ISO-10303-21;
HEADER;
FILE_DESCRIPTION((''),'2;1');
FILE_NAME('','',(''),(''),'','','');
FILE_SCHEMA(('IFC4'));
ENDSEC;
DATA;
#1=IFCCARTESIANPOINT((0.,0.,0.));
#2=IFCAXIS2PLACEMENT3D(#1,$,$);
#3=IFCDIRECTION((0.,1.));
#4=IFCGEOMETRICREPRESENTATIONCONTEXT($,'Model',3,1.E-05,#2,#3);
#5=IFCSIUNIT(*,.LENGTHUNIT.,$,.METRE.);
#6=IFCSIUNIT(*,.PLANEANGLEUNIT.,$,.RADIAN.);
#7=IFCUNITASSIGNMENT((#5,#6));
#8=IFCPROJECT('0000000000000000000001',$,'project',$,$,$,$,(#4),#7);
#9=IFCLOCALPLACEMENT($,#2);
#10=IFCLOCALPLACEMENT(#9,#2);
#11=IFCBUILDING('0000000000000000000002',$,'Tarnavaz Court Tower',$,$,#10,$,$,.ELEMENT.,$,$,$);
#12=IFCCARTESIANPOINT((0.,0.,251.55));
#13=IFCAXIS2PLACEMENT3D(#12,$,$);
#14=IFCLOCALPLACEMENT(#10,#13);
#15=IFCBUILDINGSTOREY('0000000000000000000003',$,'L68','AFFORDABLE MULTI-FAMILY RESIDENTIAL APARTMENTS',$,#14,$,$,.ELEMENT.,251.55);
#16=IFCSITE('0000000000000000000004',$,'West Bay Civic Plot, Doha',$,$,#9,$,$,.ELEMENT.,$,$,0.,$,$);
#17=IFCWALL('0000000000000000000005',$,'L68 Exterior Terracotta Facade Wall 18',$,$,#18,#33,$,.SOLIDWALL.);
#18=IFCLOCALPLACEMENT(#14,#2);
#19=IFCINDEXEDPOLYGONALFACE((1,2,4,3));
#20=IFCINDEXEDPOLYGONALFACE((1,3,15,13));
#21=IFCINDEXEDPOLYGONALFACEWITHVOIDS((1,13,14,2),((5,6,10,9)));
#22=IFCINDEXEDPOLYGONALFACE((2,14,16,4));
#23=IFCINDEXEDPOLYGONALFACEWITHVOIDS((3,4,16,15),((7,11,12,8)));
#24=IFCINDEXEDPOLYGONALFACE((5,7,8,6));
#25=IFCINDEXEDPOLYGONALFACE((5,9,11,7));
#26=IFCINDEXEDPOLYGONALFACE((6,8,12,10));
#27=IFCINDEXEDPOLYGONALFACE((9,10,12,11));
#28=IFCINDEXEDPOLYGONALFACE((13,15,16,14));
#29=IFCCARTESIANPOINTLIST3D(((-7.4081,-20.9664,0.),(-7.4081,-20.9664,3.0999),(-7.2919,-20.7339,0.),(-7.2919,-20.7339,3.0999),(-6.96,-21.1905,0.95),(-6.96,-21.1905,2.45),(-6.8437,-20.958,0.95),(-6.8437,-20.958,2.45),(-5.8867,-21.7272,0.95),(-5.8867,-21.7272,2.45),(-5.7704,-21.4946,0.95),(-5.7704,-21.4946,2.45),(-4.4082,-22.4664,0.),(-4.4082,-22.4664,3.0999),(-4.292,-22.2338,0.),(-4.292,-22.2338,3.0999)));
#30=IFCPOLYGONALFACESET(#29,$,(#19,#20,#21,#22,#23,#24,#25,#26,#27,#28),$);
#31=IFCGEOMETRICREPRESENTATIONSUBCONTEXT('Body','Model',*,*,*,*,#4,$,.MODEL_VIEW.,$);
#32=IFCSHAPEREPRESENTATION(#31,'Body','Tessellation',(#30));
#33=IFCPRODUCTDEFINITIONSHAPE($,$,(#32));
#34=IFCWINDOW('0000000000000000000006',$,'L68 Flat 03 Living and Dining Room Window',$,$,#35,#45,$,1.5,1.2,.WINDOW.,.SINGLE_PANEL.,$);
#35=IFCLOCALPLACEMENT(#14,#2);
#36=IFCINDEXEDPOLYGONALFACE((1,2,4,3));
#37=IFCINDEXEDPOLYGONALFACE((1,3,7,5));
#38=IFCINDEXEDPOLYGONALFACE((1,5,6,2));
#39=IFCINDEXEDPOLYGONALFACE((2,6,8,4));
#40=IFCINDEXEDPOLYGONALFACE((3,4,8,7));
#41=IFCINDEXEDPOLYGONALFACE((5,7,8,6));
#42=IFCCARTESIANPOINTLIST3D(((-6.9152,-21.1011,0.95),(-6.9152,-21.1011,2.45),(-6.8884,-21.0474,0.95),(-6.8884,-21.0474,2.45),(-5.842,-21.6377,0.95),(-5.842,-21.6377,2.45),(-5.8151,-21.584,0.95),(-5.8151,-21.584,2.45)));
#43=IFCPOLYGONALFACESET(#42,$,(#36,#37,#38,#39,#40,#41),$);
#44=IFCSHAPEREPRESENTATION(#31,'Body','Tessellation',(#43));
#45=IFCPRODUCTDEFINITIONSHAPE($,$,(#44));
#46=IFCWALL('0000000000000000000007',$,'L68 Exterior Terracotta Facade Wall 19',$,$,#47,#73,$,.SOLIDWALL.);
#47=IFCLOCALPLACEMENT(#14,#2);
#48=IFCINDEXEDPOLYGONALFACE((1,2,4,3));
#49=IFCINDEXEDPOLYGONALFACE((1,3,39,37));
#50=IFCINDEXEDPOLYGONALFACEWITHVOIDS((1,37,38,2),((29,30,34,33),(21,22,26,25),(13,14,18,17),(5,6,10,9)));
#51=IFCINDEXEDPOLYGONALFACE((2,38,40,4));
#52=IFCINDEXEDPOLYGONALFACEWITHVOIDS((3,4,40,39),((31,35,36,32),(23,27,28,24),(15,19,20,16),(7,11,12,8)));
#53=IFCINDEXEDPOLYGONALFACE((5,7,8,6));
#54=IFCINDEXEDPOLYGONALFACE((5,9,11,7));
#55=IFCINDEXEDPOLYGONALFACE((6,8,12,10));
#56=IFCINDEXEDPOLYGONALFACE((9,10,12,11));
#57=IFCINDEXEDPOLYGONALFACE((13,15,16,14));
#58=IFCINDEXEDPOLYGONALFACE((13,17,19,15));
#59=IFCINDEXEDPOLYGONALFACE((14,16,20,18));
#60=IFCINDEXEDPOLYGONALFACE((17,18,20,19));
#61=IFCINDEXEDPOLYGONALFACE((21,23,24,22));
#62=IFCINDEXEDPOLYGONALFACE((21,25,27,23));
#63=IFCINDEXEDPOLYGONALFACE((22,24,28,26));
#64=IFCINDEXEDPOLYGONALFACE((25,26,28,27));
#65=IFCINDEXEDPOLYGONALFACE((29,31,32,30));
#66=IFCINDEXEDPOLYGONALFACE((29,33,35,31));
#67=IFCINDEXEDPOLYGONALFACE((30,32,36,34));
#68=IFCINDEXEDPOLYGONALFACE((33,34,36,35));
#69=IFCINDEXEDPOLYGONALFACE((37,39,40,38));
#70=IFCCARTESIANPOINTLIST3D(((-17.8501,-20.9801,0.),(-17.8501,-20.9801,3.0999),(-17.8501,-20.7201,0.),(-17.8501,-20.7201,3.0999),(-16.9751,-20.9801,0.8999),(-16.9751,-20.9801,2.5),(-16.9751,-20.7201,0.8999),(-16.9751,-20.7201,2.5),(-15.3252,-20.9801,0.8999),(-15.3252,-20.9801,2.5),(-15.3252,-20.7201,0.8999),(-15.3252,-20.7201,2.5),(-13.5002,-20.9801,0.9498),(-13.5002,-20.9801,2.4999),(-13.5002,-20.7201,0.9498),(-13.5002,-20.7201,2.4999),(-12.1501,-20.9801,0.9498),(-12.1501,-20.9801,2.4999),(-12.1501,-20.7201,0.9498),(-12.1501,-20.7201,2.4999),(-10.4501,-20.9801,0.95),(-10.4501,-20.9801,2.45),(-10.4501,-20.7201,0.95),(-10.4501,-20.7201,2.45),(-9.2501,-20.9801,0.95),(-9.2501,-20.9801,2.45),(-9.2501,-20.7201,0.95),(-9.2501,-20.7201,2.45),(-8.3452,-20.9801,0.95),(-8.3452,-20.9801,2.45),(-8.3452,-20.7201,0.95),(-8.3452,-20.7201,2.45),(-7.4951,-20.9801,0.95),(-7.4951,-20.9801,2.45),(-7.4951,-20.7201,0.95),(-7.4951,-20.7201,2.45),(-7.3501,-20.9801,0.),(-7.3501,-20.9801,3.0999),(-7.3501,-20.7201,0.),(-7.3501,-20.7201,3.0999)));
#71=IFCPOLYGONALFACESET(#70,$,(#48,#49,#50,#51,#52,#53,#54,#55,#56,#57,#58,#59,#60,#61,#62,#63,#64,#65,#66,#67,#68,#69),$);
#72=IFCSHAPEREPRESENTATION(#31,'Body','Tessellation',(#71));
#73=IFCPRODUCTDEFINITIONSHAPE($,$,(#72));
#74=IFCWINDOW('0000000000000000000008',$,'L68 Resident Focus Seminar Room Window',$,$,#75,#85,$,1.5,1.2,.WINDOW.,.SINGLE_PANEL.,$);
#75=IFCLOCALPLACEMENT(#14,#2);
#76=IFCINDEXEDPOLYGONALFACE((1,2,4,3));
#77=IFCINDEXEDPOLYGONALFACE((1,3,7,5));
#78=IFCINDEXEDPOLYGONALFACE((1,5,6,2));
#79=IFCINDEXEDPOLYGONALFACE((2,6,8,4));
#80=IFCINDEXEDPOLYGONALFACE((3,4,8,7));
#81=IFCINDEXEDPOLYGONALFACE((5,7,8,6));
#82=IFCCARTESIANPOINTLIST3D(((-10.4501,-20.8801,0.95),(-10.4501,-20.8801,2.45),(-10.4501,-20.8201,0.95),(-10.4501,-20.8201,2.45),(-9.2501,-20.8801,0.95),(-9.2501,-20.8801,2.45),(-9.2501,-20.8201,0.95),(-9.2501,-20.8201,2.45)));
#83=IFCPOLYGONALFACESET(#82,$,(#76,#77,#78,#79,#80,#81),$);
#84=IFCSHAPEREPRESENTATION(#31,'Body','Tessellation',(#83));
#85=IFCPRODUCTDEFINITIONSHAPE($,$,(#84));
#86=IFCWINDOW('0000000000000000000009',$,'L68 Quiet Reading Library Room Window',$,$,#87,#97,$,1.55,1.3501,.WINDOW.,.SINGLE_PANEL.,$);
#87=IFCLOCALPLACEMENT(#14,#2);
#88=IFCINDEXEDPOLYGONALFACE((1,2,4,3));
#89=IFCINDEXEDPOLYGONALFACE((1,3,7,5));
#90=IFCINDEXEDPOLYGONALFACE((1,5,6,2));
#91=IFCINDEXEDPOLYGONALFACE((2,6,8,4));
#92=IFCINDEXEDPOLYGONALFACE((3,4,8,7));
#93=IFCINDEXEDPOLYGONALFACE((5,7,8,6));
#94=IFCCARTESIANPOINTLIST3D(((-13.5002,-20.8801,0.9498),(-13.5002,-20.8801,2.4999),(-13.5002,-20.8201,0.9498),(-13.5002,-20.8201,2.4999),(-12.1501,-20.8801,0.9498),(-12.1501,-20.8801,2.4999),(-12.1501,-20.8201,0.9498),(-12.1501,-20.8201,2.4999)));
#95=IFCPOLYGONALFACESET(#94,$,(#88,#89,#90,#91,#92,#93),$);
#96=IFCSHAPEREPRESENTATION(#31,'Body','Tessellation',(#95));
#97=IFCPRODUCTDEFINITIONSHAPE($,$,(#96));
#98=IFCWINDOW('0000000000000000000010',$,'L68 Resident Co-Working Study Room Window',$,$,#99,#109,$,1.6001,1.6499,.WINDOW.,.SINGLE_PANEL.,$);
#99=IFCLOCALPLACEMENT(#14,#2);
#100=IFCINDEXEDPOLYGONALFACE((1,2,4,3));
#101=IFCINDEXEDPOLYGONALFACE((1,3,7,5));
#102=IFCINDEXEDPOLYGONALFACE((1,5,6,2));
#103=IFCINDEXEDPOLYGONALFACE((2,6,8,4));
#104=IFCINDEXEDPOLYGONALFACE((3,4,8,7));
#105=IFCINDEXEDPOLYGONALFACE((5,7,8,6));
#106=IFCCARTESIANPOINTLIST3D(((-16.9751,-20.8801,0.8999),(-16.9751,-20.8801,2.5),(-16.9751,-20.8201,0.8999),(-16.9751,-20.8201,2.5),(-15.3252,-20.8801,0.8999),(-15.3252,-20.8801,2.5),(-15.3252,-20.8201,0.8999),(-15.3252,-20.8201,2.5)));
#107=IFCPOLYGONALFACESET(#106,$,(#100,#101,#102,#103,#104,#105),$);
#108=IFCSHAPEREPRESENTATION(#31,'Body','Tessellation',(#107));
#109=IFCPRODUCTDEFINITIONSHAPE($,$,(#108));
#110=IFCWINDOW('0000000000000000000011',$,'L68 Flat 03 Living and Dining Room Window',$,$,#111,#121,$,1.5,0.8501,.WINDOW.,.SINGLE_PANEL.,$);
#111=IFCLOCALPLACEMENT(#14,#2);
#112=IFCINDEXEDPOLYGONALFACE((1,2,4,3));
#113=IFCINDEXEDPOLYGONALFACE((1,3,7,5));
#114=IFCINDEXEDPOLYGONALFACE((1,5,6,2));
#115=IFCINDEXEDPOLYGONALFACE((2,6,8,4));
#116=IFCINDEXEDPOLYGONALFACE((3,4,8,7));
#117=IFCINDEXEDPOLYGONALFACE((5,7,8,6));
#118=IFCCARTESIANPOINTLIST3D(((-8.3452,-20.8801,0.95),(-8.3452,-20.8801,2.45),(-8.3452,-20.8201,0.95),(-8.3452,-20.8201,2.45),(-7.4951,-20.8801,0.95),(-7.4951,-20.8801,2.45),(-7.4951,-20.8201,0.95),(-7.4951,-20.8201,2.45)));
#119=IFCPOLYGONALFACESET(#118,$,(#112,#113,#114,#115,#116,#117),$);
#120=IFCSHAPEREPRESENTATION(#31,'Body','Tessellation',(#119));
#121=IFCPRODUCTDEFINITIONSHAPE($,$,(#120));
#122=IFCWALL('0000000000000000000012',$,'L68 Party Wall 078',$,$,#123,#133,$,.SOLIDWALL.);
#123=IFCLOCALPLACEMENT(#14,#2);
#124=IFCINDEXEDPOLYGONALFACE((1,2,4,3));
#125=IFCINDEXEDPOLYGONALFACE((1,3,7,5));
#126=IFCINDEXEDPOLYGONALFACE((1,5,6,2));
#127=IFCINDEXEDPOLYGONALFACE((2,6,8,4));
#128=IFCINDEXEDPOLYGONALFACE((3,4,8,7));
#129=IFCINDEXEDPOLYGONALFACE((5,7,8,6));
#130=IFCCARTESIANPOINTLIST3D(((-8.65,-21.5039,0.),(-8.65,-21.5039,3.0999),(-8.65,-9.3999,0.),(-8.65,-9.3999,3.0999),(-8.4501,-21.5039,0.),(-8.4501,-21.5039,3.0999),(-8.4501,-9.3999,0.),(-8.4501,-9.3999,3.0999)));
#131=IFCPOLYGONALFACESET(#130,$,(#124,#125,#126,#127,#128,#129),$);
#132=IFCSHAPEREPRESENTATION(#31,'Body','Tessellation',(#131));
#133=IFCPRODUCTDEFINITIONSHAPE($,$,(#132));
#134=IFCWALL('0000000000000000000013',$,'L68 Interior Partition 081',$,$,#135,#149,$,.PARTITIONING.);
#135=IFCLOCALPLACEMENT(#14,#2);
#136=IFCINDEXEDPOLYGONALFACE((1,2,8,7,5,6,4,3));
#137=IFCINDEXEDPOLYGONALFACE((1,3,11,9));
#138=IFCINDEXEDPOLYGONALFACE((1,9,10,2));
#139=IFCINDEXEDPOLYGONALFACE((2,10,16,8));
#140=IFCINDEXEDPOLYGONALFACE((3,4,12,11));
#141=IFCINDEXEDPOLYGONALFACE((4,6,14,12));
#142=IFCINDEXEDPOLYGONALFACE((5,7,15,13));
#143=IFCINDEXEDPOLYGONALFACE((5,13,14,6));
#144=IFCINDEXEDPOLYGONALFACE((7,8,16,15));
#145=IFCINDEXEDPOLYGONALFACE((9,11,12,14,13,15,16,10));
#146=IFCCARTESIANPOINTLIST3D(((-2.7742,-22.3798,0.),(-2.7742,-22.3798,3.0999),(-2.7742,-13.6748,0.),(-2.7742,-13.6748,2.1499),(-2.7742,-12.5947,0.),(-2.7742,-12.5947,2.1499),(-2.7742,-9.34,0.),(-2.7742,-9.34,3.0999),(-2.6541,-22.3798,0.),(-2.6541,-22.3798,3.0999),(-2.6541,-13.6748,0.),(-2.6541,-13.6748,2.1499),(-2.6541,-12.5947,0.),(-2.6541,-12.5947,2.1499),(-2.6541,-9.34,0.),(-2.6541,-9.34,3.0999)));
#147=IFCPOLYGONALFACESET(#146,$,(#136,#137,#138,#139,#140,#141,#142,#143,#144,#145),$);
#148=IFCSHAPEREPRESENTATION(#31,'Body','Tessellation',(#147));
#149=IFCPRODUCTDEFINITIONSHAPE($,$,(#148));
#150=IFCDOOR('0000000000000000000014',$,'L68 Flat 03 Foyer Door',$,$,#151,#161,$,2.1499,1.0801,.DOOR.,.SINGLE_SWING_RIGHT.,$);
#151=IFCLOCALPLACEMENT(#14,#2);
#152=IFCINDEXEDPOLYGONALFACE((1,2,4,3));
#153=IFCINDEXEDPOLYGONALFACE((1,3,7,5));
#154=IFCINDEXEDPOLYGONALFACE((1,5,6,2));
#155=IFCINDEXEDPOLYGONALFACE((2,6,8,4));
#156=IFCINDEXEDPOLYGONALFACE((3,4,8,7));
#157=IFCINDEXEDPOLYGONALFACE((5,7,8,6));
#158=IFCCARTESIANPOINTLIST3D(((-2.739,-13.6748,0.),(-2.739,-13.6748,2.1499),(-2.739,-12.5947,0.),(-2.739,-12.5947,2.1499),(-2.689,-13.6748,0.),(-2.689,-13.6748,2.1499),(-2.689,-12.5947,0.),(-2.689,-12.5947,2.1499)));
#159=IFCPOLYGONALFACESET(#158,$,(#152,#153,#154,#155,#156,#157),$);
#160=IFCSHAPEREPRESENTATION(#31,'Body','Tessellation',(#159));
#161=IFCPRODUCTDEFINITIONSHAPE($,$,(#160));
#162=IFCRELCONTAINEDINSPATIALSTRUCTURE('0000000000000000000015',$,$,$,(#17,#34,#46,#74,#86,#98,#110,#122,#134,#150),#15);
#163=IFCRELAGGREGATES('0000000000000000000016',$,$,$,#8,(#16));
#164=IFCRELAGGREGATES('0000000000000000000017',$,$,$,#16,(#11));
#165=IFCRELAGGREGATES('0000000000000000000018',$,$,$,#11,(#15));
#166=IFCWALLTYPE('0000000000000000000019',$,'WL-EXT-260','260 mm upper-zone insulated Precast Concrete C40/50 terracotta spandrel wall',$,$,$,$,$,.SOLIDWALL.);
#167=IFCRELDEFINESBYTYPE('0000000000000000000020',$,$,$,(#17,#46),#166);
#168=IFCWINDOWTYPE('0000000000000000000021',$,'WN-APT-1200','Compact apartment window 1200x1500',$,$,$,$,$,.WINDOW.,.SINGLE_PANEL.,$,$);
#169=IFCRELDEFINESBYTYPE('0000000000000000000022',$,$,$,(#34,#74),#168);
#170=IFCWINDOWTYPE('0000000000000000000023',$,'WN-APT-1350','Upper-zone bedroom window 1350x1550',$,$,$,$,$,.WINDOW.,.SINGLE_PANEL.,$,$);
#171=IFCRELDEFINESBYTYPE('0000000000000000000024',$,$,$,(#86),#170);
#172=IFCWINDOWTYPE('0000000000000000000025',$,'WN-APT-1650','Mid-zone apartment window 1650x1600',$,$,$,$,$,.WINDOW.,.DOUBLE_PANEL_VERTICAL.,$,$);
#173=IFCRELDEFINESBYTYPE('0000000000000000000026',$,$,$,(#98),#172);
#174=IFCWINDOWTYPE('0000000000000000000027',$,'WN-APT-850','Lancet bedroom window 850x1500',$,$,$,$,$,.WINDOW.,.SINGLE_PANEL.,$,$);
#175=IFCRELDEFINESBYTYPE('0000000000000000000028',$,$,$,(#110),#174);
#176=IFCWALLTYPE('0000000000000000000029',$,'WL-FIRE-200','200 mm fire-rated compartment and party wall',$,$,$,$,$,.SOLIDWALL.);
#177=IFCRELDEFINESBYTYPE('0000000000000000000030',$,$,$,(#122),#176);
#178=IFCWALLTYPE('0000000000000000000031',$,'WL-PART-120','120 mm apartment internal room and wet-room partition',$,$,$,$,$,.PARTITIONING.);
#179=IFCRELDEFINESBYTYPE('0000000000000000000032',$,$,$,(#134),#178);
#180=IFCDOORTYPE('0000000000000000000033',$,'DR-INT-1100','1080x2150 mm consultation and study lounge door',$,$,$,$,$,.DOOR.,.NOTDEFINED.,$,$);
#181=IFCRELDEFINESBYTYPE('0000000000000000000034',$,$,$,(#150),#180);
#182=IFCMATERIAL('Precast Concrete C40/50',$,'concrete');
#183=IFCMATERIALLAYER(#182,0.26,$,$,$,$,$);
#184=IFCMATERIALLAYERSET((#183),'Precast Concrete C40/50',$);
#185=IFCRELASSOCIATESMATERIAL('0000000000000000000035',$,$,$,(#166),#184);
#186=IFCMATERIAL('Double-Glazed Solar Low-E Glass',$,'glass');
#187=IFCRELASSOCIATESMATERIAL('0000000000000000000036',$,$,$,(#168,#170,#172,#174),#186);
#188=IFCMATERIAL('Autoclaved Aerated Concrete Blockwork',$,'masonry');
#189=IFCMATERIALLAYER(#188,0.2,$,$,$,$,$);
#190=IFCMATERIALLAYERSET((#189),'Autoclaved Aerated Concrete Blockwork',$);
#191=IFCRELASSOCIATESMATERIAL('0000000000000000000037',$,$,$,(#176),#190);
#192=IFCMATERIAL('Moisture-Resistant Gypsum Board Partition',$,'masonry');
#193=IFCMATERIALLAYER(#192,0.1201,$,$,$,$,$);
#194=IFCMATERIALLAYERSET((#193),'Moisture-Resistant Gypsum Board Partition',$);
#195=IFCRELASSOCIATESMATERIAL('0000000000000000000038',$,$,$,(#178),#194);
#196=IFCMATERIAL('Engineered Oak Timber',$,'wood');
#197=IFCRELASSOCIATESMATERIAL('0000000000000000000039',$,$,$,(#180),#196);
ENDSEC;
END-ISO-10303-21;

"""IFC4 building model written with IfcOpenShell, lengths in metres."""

from ifc_helpers import new_model, si_unit, direction, frame, frame_2d, origin, place, context, subcontext, project, spatial, rectangle, extrude, material, layer, layer_set, type_object, element, fill, save


model = new_model("IFC4")

# Units and contexts
model_context = context("Model", 3, precision=1e-05, world=origin(), true_north=direction((0.0, 1.0)))
body_context = subcontext(model_context, "Body", "Model", "MODEL_VIEW")
ifc_project = project(units=[si_unit("LENGTHUNIT", "METRE"), si_unit("PLANEANGLEUNIT", "RADIAN")], contexts=[model_context])

# Site, building, storey
site_placement = place(None, origin())
site = spatial("IfcSite", under=ifc_project, at=site_placement, Name="West Bay Civic Plot, Doha", CompositionType="ELEMENT", RefElevation=0.0)
building_placement = place(site_placement, origin())
building = spatial("IfcBuilding", under=site, at=building_placement, Name="Tarnavaz Court Tower", CompositionType="ELEMENT")
storey_placement = place(building_placement, frame((0.0, 0.0, 251.55)))
storey = spatial("IfcBuildingStorey", under=building, at=storey_placement, Name="L68", Description="AFFORDABLE MULTI-FAMILY RESIDENTIAL APARTMENTS", CompositionType="ELEMENT", Elevation=251.55)

# Shared definitions
ifc_material_1 = material(Name="Double-Glazed Solar Low-E Glass", Category="glass")

# Wall, opening, window
ifc_material_2 = material(Name="Precast Concrete C40/50", Category="concrete")
ifc_layer_1 = layer(ifc_material_2, 0.26)
ifc_layer_set_1 = layer_set([ifc_layer_1], Name="Precast Concrete C40/50")
wall_type_1 = type_object("IfcWallType", Name="WL-EXT-260", Description="260 mm upper-zone insulated Precast Concrete C40/50 terracotta spandrel wall", PredefinedType="SOLIDWALL", material=ifc_layer_set_1)
wall_1_placement = place(storey_placement, frame((-4.3501, -22.3501, 0.0), z_axis=(0.0, 0.0, 1.0), x_axis=(-0.894427, 0.447214, 0.0)))
wall_1 = element("IfcWall", 1, at=wall_1_placement, inside=storey, type_object=wall_type_1, Name="L68 Exterior Terracotta Facade Wall 18", PredefinedType="SOLIDWALL", context=body_context, shape_type="SweptSolid", body=[
    extrude(rectangle(XDim=3.354, YDim=0.26, at=frame_2d((1.677, 0.0))), origin(), (0.0, 0.0, 1.0), 3.0999),
])
opening_1_placement = place(wall_1_placement, frame((1.6528, 0.0, 0.95)))
opening_1 = element("IfcOpeningElement", 2, at=opening_1_placement, cuts=wall_1, PredefinedType="OPENING", context=body_context, shape_type="SweptSolid", body=[
    extrude(rectangle(XDim=1.2, YDim=1.5, at=frame_2d((0.6001, 0.75))), frame((0.0, 0.1399, 0.0), z_axis=(0.0, -1.0, 0.0), x_axis=(1.0, 0.0, 0.0)), (0.0, 0.0, 1.0), 0.28),
])
window_type_1 = type_object("IfcWindowType", Name="WN-APT-1200", Description="Compact apartment window 1200x1500", PartitioningType="SINGLE_PANEL", PredefinedType="WINDOW", material=ifc_material_1)
window_1_placement = place(opening_1_placement, origin())
window_1 = element("IfcWindow", 3, at=window_1_placement, inside=storey, type_object=window_type_1, Name="L68 Flat 03 Living and Dining Room Window", OverallHeight=1.5, OverallWidth=1.2, PartitioningType="SINGLE_PANEL", PredefinedType="WINDOW", context=body_context, shape_type="SweptSolid", body=[
    extrude(rectangle(XDim=1.2, YDim=1.5, at=frame_2d((0.6001, 0.75))), frame((0.0, 0.03, 0.0), z_axis=(0.0, -1.0, 0.0), x_axis=(1.0, 0.0, 0.0)), (0.0, 0.0, 1.0), 0.0601),
])
fill(opening_1, window_1)

# Wall, openings, windows
wall_2_placement = place(storey_placement, frame((-7.3501, -20.8501, 0.0), z_axis=(0.0, 0.0, 1.0), x_axis=(-1.0, 0.0, 0.0)))
wall_2 = element("IfcWall", 4, at=wall_2_placement, inside=storey, type_object=wall_type_1, Name="L68 Exterior Terracotta Facade Wall 19", PredefinedType="SOLIDWALL", context=body_context, shape_type="SweptSolid", body=[
    extrude(rectangle(XDim=10.5, YDim=0.26, at=frame_2d((5.25, 0.0))), origin(), (0.0, 0.0, 1.0), 3.0999),
])
opening_2_placement = place(wall_2_placement, frame((0.145, 0.0, 0.95)))
opening_2 = element("IfcOpeningElement", 5, at=opening_2_placement, cuts=wall_2, PredefinedType="OPENING", context=body_context, shape_type="SweptSolid", body=[
    extrude(rectangle(XDim=0.8501, YDim=1.5, at=frame_2d((0.425, 0.75))), frame((0.0, 0.1399, 0.0), z_axis=(0.0, -1.0, 0.0), x_axis=(1.0, 0.0, 0.0)), (0.0, 0.0, 1.0), 0.28),
])
opening_3_placement = place(wall_2_placement, frame((1.8999, 0.0, 0.95)))
opening_3 = element("IfcOpeningElement", 6, at=opening_3_placement, cuts=wall_2, PredefinedType="OPENING", context=body_context, shape_type="SweptSolid", body=[
    extrude(rectangle(XDim=1.2, YDim=1.5, at=frame_2d((0.6001, 0.75))), frame((0.0, 0.1399, 0.0), z_axis=(0.0, -1.0, 0.0), x_axis=(1.0, 0.0, 0.0)), (0.0, 0.0, 1.0), 0.28),
])
opening_4_placement = place(wall_2_placement, frame((4.8, 0.0, 0.95)))
opening_4 = element("IfcOpeningElement", 7, at=opening_4_placement, cuts=wall_2, PredefinedType="OPENING", context=body_context, shape_type="SweptSolid", body=[
    extrude(rectangle(XDim=1.3501, YDim=1.55, at=frame_2d((0.675, 0.7749))), frame((0.0, 0.1399, 0.0), z_axis=(0.0, -1.0, 0.0), x_axis=(1.0, 0.0, 0.0)), (0.0, 0.0, 1.0), 0.28),
])
opening_5_placement = place(wall_2_placement, frame((7.9751, 0.0, 0.8999)))
opening_5 = element("IfcOpeningElement", 8, at=opening_5_placement, cuts=wall_2, PredefinedType="OPENING", context=body_context, shape_type="SweptSolid", body=[
    extrude(rectangle(XDim=1.6499, YDim=1.6001, at=frame_2d((0.825, 0.8))), frame((0.0, 0.1399, 0.0), z_axis=(0.0, -1.0, 0.0), x_axis=(1.0, 0.0, 0.0)), (0.0, 0.0, 1.0), 0.28),
])
window_2_placement = place(opening_3_placement, origin())
window_2 = element("IfcWindow", 9, at=window_2_placement, inside=storey, type_object=window_type_1, Name="L68 Resident Focus Seminar Room Window", OverallHeight=1.5, OverallWidth=1.2, PartitioningType="SINGLE_PANEL", PredefinedType="WINDOW", context=body_context, shape_type="SweptSolid", body=[
    extrude(rectangle(XDim=1.2, YDim=1.5, at=frame_2d((0.6001, 0.75))), frame((0.0, 0.03, 0.0), z_axis=(0.0, -1.0, 0.0), x_axis=(1.0, 0.0, 0.0)), (0.0, 0.0, 1.0), 0.0601),
])
fill(opening_3, window_2)
window_type_2 = type_object("IfcWindowType", Name="WN-APT-1350", Description="Upper-zone bedroom window 1350x1550", PartitioningType="SINGLE_PANEL", PredefinedType="WINDOW", material=ifc_material_1)
window_3_placement = place(opening_4_placement, origin())
window_3 = element("IfcWindow", 10, at=window_3_placement, inside=storey, type_object=window_type_2, Name="L68 Quiet Reading Library Room Window", OverallHeight=1.55, OverallWidth=1.3501, PartitioningType="SINGLE_PANEL", PredefinedType="WINDOW", context=body_context, shape_type="SweptSolid", body=[
    extrude(rectangle(XDim=1.3501, YDim=1.55, at=frame_2d((0.675, 0.7749))), frame((0.0, 0.03, 0.0), z_axis=(0.0, -1.0, 0.0), x_axis=(1.0, 0.0, 0.0)), (0.0, 0.0, 1.0), 0.0601),
])
fill(opening_4, window_3)
window_type_3 = type_object("IfcWindowType", Name="WN-APT-1650", Description="Mid-zone apartment window 1650x1600", PartitioningType="DOUBLE_PANEL_VERTICAL", PredefinedType="WINDOW", material=ifc_material_1)
window_4_placement = place(opening_5_placement, origin())
window_4 = element("IfcWindow", 11, at=window_4_placement, inside=storey, type_object=window_type_3, Name="L68 Resident Co-Working Study Room Window", OverallHeight=1.6001, OverallWidth=1.6499, PartitioningType="SINGLE_PANEL", PredefinedType="WINDOW", context=body_context, shape_type="SweptSolid", body=[
    extrude(rectangle(XDim=1.6499, YDim=1.6001, at=frame_2d((0.825, 0.8))), frame((0.0, 0.03, 0.0), z_axis=(0.0, -1.0, 0.0), x_axis=(1.0, 0.0, 0.0)), (0.0, 0.0, 1.0), 0.0601),
])
fill(opening_5, window_4)
window_type_4 = type_object("IfcWindowType", Name="WN-APT-850", Description="Lancet bedroom window 850x1500", PartitioningType="SINGLE_PANEL", PredefinedType="WINDOW", material=ifc_material_1)
window_5_placement = place(opening_2_placement, origin())
window_5 = element("IfcWindow", 12, at=window_5_placement, inside=storey, type_object=window_type_4, Name="L68 Flat 03 Living and Dining Room Window", OverallHeight=1.5, OverallWidth=0.8501, PartitioningType="SINGLE_PANEL", PredefinedType="WINDOW", context=body_context, shape_type="SweptSolid", body=[
    extrude(rectangle(XDim=0.8501, YDim=1.5, at=frame_2d((0.425, 0.75))), frame((0.0, 0.03, 0.0), z_axis=(0.0, -1.0, 0.0), x_axis=(1.0, 0.0, 0.0)), (0.0, 0.0, 1.0), 0.0601),
])
fill(opening_2, window_5)

# Wall
ifc_material_3 = material(Name="Autoclaved Aerated Concrete Blockwork", Category="masonry")
ifc_layer_2 = layer(ifc_material_3, 0.2)
ifc_layer_set_2 = layer_set([ifc_layer_2], Name="Autoclaved Aerated Concrete Blockwork")
wall_type_2 = type_object("IfcWallType", Name="WL-FIRE-200", Description="200 mm fire-rated compartment and party wall", PredefinedType="SOLIDWALL", material=ifc_layer_set_2)
wall_3_placement = place(storey_placement, frame((-8.55, -21.5039, 0.0), z_axis=(0.0, 0.0, 1.0), x_axis=(0.0, 1.0, 0.0)))
element("IfcWall", 13, at=wall_3_placement, inside=storey, type_object=wall_type_2, Name="L68 Party Wall 078", PredefinedType="SOLIDWALL", context=body_context, shape_type="SweptSolid", body=[
    extrude(rectangle(XDim=12.104, YDim=0.2, at=frame_2d((6.052, 0.0))), origin(), (0.0, 0.0, 1.0), 3.0999),
])

# Wall, opening, door
ifc_material_4 = material(Name="Moisture-Resistant Gypsum Board Partition", Category="masonry")
ifc_layer_3 = layer(ifc_material_4, 0.1201)
ifc_layer_set_3 = layer_set([ifc_layer_3], Name="Moisture-Resistant Gypsum Board Partition")
wall_type_3 = type_object("IfcWallType", Name="WL-PART-120", Description="120 mm apartment internal room and wet-room partition", PredefinedType="PARTITIONING", material=ifc_layer_set_3)
wall_4_placement = place(storey_placement, frame((-2.7141, -22.3799, 0.0), z_axis=(0.0, 0.0, 1.0), x_axis=(0.0, 1.0, 0.0)))
wall_4 = element("IfcWall", 14, at=wall_4_placement, inside=storey, type_object=wall_type_3, Name="L68 Interior Partition 081", PredefinedType="PARTITIONING", context=body_context, shape_type="SweptSolid", body=[
    extrude(rectangle(XDim=13.0398, YDim=0.1201, at=frame_2d((6.52, 0.0))), origin(), (0.0, 0.0, 1.0), 3.0999),
])
opening_6_placement = place(wall_4_placement, frame((8.7051, 0.0, 0.0)))
opening_6 = element("IfcOpeningElement", 15, at=opening_6_placement, cuts=wall_4, PredefinedType="OPENING", context=body_context, shape_type="SweptSolid", body=[
    extrude(rectangle(XDim=1.0801, YDim=2.1499, at=frame_2d((0.54, 1.075))), frame((0.0, 0.0701, 0.0), z_axis=(0.0, -1.0, 0.0), x_axis=(1.0, 0.0, 0.0)), (0.0, 0.0, 1.0), 0.1401),
])
ifc_material_5 = material(Name="Engineered Oak Timber", Category="wood")
door_type_1 = type_object("IfcDoorType", Name="DR-INT-1100", Description="1080x2150 mm consultation and study lounge door", OperationType="NOTDEFINED", PredefinedType="DOOR", material=ifc_material_5)
door_1_placement = place(opening_6_placement, origin())
door_1 = element("IfcDoor", 16, at=door_1_placement, inside=storey, type_object=door_type_1, Name="L68 Flat 03 Foyer Door", OperationType="SINGLE_SWING_RIGHT", OverallHeight=2.1499, OverallWidth=1.0801, PredefinedType="DOOR", context=body_context, shape_type="SweptSolid", body=[
    extrude(rectangle(XDim=1.0801, YDim=2.1499, at=frame_2d((0.54, 1.075))), frame((0.0, 0.0249, 0.0), z_axis=(0.0, -1.0, 0.0), x_axis=(1.0, 0.0, 0.0)), (0.0, 0.0, 1.0), 0.05),
])
fill(opening_6, door_1)

save(model, "model.ifc")
